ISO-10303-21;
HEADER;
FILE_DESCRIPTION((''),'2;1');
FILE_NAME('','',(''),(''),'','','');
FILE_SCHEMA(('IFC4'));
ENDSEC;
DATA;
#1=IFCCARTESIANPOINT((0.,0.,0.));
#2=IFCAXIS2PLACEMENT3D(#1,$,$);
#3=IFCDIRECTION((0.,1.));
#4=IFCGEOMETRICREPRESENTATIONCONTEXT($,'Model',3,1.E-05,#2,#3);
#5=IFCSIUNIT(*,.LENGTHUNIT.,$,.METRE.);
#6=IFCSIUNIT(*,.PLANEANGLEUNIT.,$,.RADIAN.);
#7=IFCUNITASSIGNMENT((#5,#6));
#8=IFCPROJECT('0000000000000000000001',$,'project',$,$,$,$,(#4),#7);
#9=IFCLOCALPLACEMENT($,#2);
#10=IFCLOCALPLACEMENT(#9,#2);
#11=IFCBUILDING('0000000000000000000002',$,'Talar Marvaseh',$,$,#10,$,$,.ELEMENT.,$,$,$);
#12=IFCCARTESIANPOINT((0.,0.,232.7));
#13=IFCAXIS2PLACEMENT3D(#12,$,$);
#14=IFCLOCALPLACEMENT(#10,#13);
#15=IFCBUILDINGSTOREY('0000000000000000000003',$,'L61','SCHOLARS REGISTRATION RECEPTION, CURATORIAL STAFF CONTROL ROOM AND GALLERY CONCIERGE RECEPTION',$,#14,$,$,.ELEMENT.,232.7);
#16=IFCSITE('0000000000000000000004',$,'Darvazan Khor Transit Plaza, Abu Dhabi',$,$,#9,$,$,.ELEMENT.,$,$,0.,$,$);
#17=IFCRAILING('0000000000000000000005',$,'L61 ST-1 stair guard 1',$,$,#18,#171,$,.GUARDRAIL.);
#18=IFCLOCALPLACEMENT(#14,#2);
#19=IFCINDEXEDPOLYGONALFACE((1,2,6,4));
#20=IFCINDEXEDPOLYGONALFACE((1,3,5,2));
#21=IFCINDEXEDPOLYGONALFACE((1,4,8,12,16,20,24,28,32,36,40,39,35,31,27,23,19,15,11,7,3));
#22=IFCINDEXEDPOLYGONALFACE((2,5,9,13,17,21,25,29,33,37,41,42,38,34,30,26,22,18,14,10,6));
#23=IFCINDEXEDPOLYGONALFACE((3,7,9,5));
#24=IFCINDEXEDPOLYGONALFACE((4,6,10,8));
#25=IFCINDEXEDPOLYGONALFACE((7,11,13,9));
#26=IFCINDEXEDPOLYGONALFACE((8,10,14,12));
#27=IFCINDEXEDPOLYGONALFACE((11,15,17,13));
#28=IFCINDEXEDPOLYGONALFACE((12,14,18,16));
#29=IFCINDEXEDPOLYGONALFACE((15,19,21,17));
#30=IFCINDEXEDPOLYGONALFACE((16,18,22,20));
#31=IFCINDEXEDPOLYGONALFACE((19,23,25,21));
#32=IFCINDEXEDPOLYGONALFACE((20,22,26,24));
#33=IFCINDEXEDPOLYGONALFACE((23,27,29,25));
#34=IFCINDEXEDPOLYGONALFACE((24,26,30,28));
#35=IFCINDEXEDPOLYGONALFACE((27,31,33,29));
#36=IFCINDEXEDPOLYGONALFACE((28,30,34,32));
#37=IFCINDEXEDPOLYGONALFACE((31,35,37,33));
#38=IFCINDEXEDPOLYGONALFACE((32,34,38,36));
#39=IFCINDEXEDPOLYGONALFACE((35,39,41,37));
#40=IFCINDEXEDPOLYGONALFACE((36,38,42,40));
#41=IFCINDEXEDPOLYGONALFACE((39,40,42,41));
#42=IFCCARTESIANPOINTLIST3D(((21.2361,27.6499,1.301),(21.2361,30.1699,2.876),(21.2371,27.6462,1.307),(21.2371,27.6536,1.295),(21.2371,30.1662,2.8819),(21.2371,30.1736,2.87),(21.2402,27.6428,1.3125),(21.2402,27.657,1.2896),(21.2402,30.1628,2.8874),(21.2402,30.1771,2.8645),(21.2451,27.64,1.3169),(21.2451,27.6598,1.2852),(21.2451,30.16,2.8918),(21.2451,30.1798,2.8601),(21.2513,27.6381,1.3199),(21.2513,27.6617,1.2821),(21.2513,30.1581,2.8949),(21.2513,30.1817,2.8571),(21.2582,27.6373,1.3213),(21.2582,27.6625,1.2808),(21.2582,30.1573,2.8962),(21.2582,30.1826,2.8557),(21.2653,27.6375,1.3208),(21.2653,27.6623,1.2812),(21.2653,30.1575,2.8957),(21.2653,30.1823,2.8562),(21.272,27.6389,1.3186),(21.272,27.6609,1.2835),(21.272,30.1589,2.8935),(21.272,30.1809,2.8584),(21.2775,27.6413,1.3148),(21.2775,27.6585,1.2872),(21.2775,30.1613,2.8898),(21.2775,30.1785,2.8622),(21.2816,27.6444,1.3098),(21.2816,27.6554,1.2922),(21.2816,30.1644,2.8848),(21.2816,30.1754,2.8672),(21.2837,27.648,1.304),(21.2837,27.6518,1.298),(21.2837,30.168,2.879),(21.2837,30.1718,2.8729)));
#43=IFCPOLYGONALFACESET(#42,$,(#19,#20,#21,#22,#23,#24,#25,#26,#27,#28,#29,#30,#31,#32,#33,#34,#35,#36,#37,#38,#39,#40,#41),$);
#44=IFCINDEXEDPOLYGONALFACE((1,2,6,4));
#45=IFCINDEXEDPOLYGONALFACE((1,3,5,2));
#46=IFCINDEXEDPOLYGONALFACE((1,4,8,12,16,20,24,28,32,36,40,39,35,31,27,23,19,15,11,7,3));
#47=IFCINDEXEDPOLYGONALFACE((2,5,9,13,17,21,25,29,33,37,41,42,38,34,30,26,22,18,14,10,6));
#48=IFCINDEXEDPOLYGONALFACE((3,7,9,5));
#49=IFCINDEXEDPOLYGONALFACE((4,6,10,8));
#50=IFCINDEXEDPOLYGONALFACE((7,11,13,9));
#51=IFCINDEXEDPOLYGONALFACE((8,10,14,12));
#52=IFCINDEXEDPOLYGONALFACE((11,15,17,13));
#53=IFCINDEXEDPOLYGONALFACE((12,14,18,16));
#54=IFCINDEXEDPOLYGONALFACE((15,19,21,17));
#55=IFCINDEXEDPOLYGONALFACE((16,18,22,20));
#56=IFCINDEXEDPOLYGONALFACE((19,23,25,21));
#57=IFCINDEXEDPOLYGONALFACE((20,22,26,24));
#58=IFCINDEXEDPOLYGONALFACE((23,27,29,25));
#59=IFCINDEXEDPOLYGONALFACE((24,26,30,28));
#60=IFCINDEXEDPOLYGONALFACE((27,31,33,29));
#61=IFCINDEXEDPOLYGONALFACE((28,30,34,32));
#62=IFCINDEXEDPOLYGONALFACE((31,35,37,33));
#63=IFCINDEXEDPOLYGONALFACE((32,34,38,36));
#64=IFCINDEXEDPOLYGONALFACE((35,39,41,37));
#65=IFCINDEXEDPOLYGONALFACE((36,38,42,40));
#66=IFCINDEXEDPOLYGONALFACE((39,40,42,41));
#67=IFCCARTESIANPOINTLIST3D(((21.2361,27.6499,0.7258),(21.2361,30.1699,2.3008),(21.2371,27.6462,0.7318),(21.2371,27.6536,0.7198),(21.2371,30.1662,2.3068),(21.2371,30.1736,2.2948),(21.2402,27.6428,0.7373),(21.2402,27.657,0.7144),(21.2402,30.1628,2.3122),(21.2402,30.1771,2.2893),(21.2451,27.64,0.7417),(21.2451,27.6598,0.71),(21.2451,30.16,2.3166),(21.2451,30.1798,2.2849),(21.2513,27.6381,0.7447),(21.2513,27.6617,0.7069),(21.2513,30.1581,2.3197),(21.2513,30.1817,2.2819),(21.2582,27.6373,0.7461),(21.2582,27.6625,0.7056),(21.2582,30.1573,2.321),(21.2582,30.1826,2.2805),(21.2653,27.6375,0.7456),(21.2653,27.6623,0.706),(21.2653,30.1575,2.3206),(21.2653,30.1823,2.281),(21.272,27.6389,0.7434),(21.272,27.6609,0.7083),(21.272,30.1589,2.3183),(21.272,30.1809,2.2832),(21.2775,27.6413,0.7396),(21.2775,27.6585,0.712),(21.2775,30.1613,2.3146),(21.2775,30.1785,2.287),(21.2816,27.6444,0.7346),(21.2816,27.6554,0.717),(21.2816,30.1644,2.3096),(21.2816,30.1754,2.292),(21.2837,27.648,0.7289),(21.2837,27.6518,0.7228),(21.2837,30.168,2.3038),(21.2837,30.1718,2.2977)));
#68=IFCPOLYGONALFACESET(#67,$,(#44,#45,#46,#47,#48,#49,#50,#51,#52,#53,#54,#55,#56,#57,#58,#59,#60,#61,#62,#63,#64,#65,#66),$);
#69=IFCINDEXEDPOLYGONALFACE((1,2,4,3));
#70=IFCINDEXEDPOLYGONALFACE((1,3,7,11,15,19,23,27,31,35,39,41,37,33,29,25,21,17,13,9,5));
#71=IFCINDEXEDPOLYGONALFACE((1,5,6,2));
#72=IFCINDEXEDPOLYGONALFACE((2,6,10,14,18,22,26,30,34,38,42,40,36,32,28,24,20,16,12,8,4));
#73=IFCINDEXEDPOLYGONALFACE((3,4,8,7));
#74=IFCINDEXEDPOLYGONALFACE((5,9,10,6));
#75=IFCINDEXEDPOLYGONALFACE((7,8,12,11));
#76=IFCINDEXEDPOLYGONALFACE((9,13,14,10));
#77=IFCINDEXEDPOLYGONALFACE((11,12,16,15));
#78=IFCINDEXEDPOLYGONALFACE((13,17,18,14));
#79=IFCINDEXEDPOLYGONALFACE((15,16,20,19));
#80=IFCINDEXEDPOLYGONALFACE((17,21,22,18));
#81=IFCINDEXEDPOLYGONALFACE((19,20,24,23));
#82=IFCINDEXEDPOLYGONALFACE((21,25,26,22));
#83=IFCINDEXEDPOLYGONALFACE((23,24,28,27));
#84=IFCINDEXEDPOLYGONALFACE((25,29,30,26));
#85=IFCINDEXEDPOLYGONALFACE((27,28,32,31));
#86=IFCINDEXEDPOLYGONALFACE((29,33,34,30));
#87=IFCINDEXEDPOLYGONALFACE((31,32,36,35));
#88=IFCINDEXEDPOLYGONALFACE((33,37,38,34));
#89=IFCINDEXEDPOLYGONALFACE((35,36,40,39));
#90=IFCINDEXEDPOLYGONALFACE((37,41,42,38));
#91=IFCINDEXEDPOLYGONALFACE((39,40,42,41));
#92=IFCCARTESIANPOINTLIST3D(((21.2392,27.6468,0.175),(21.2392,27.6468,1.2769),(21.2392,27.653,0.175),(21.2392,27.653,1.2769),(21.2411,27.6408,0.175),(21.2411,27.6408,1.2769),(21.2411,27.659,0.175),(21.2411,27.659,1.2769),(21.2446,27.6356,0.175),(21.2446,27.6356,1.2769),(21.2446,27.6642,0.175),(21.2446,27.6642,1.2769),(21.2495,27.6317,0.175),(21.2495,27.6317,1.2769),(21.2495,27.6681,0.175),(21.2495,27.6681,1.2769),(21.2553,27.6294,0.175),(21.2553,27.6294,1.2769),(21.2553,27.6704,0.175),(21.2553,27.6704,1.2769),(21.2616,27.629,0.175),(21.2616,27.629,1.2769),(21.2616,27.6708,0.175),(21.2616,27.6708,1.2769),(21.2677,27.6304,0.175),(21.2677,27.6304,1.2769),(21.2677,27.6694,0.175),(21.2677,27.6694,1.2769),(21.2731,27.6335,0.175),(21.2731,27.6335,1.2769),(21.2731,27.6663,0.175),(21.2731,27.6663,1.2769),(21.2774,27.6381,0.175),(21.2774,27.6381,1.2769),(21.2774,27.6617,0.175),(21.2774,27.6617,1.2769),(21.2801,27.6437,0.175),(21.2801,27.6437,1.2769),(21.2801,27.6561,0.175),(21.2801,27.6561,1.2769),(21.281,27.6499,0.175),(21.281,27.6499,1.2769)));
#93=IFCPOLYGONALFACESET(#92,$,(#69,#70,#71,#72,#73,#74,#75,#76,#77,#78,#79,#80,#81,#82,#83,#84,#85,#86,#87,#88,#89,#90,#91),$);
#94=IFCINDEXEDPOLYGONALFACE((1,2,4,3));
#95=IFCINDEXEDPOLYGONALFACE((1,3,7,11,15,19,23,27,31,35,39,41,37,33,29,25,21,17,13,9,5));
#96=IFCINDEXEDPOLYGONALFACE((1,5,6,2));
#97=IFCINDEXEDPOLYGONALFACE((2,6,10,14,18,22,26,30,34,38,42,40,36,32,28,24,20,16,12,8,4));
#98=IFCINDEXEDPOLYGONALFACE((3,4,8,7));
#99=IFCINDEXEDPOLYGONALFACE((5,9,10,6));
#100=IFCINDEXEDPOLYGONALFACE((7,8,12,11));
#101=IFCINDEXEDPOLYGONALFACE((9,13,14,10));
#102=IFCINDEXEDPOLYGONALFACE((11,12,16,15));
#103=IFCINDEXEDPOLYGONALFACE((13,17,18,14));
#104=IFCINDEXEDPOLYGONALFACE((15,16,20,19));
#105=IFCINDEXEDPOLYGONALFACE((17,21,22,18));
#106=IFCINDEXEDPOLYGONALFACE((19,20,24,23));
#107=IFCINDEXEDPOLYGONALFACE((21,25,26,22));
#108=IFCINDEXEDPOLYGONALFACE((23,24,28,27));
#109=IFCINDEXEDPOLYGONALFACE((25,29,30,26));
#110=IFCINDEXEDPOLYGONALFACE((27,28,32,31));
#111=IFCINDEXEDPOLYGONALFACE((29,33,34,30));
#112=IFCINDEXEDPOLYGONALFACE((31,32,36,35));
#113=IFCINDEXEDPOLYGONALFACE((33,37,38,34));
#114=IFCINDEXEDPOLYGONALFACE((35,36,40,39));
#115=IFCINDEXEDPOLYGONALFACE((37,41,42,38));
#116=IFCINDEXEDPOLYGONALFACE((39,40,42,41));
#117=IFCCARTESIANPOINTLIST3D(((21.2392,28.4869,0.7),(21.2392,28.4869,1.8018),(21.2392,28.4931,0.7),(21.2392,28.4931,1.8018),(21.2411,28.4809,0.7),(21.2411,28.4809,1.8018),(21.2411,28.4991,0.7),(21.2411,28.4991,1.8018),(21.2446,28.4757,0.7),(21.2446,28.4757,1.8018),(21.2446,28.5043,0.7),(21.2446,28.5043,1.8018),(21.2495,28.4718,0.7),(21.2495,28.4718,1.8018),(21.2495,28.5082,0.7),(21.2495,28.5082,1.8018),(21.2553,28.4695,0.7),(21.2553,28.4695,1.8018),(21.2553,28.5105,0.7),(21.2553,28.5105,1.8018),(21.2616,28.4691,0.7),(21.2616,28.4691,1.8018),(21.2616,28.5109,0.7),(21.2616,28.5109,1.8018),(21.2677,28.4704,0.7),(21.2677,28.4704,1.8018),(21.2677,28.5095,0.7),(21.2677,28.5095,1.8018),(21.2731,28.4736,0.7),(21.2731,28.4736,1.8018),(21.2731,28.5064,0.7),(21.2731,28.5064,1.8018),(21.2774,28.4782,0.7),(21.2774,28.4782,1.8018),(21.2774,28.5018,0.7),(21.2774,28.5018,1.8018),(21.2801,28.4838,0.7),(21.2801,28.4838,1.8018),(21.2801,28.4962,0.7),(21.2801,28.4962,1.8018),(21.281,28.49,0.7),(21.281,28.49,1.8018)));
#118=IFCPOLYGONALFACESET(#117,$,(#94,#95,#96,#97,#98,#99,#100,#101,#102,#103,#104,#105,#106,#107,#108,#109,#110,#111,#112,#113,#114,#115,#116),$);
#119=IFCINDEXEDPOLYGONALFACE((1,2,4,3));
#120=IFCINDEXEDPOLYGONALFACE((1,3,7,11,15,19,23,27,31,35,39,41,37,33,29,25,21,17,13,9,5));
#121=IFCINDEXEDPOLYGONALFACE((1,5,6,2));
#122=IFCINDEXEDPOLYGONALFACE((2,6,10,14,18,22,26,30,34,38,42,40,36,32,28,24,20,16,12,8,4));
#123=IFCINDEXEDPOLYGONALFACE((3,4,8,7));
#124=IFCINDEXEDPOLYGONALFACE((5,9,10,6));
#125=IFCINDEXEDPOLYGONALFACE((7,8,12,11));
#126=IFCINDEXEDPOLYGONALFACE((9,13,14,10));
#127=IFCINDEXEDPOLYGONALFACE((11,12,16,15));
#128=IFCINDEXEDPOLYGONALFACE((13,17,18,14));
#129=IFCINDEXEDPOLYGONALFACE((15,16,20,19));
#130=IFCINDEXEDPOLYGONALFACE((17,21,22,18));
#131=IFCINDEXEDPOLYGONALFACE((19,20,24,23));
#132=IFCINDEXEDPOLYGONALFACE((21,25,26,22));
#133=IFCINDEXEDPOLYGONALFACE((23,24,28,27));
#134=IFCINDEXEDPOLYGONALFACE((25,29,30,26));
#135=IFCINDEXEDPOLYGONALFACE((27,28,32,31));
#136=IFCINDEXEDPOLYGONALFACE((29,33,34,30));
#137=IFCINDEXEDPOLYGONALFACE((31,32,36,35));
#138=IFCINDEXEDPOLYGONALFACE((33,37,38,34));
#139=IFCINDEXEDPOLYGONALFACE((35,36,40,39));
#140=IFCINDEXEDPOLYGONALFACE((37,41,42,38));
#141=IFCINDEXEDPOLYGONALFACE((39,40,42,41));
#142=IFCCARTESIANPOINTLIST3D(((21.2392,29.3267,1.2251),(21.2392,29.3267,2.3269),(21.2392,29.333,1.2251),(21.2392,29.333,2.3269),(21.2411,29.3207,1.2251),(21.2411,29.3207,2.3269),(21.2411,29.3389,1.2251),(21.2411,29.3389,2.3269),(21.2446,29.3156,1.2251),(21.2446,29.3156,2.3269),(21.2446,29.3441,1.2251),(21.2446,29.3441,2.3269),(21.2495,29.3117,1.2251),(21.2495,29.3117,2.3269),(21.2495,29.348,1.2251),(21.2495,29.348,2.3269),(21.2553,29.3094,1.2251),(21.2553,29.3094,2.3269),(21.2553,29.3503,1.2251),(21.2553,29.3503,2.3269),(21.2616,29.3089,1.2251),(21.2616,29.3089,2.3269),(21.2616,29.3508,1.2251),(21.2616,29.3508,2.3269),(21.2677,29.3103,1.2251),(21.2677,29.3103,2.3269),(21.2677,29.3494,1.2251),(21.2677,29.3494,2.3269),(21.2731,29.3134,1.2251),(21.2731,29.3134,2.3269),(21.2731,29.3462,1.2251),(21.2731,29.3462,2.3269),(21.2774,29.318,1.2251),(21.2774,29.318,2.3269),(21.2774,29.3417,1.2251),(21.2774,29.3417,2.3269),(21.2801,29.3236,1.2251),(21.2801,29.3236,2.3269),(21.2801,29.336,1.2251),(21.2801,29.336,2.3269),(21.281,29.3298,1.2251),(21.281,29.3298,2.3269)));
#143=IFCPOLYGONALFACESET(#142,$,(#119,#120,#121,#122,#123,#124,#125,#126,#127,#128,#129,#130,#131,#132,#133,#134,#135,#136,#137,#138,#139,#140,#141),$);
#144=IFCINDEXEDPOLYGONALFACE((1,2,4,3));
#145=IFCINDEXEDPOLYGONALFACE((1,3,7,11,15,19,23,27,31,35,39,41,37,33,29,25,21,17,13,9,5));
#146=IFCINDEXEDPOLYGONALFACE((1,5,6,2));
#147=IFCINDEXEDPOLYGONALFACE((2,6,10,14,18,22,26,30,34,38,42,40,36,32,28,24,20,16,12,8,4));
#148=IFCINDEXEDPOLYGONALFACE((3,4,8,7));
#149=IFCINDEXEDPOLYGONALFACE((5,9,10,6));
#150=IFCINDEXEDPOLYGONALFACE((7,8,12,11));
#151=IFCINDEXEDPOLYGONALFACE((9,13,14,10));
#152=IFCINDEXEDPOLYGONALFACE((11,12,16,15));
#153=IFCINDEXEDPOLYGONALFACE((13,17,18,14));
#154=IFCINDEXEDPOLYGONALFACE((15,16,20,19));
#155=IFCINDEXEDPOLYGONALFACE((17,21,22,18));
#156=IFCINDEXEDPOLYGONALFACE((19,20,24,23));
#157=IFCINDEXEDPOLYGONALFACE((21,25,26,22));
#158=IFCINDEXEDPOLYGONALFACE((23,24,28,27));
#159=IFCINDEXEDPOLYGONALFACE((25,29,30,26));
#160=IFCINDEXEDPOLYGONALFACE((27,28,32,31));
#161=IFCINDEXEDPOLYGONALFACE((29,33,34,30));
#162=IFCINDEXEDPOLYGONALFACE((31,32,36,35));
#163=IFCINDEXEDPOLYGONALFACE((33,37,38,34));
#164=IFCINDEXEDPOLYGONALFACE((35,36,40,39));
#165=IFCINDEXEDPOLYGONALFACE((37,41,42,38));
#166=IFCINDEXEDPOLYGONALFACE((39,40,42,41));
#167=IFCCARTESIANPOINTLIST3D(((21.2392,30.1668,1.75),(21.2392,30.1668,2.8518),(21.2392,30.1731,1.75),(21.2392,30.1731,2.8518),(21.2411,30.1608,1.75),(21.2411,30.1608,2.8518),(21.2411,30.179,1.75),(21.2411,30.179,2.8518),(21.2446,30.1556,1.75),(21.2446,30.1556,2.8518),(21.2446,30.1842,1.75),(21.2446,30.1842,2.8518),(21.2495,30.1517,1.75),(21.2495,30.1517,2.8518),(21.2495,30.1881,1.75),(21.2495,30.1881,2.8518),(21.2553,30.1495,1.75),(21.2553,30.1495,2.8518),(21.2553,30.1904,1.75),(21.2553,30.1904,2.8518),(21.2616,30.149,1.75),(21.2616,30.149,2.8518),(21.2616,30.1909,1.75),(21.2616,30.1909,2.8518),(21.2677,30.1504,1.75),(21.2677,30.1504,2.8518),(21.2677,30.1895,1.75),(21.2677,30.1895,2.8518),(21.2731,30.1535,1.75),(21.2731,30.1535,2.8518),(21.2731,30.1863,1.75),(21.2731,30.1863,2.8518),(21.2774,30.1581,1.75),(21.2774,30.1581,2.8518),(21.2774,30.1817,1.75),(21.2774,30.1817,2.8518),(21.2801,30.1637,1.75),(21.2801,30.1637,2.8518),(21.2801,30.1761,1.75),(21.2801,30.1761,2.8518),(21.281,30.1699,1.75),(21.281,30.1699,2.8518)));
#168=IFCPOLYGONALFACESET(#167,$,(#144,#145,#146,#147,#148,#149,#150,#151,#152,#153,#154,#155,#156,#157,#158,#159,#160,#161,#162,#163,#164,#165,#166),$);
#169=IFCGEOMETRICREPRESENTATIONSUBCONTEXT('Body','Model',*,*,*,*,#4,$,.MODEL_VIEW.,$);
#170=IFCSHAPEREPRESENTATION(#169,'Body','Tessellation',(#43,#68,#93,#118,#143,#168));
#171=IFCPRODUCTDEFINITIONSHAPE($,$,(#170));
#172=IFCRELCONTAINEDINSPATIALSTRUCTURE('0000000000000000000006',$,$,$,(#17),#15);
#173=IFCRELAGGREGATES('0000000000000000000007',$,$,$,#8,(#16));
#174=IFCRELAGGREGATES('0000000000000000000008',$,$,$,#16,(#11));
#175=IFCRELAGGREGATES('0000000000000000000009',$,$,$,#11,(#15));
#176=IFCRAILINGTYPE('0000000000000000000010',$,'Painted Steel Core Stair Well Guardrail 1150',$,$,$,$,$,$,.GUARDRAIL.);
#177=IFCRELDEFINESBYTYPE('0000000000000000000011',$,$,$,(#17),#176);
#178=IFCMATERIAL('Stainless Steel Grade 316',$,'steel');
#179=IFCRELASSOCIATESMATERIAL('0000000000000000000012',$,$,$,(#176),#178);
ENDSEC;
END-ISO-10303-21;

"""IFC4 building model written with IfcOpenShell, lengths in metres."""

from ifc_helpers import new_model, si_unit, direction, frame, origin, origin_2d, place, context, subcontext, project, spatial, circle, extrude, material, type_object, element, save


model = new_model("IFC4")

# Units and contexts
model_context = context("Model", 3, precision=1e-05, world=origin(), true_north=direction((0.0, 1.0)))
body_context = subcontext(model_context, "Body", "Model", "MODEL_VIEW")
ifc_project = project(units=[si_unit("LENGTHUNIT", "METRE"), si_unit("PLANEANGLEUNIT", "RADIAN")], contexts=[model_context])

# Site, building, storey
site_placement = place(None, origin())
site = spatial("IfcSite", under=ifc_project, at=site_placement, Name="Darvazan Khor Transit Plaza, Abu Dhabi", CompositionType="ELEMENT", RefElevation=0.0)
building_placement = place(site_placement, origin())
building = spatial("IfcBuilding", under=site, at=building_placement, Name="Talar Marvaseh", CompositionType="ELEMENT")
storey_placement = place(building_placement, frame((0.0, 0.0, 232.7)))
storey = spatial("IfcBuildingStorey", under=building, at=storey_placement, Name="L61", Description="SCHOLARS REGISTRATION RECEPTION, CURATORIAL STAFF CONTROL ROOM AND GALLERY CONCIERGE RECEPTION", CompositionType="ELEMENT", Elevation=232.7)

# Railing
ifc_material_1 = material(Name="Stainless Steel Grade 316", Category="steel")
railing_type_1 = type_object("IfcRailingType", Name="Painted Steel Core Stair Well Guardrail 1150", PredefinedType="GUARDRAIL", material=ifc_material_1)
railing_1_placement = place(storey_placement, frame((21.26, 27.6499, 0.175)))
element("IfcRailing", 1, at=railing_1_placement, inside=storey, type_object=railing_type_1, Name="L61 ST-1 stair guard 1", PredefinedType="GUARDRAIL", context=body_context, shape_type="SweptSolid", body=[
    extrude(circle(Radius=0.0239, at=origin_2d()), frame((0.0, 0.0, 1.126), z_axis=(0.0, 0.848008, 0.529984), x_axis=(-1.0, 0.0, 0.0)), (0.0, 0.0, 1.0), 2.9717),
    extrude(circle(Radius=0.0239, at=origin_2d()), frame((0.0, 0.0, 0.5508), z_axis=(0.0, 0.848008, 0.529984), x_axis=(-1.0, 0.0, 0.0)), (0.0, 0.0, 1.0), 2.9717),
    extrude(circle(Radius=0.021, at=origin_2d()), origin(), (0.0, 0.0, 1.0), 1.1018),
    extrude(circle(Radius=0.021, at=origin_2d()), frame((0.0, 0.8401, 0.5249)), (0.0, 0.0, 1.0), 1.1018),
    extrude(circle(Radius=0.021, at=origin_2d()), frame((0.0, 1.6799, 1.05)), (0.0, 0.0, 1.0), 1.1018),
    extrude(circle(Radius=0.021, at=origin_2d()), frame((0.0, 2.52, 1.575)), (0.0, 0.0, 1.0), 1.1018),
])

save(model, "model.ifc")
